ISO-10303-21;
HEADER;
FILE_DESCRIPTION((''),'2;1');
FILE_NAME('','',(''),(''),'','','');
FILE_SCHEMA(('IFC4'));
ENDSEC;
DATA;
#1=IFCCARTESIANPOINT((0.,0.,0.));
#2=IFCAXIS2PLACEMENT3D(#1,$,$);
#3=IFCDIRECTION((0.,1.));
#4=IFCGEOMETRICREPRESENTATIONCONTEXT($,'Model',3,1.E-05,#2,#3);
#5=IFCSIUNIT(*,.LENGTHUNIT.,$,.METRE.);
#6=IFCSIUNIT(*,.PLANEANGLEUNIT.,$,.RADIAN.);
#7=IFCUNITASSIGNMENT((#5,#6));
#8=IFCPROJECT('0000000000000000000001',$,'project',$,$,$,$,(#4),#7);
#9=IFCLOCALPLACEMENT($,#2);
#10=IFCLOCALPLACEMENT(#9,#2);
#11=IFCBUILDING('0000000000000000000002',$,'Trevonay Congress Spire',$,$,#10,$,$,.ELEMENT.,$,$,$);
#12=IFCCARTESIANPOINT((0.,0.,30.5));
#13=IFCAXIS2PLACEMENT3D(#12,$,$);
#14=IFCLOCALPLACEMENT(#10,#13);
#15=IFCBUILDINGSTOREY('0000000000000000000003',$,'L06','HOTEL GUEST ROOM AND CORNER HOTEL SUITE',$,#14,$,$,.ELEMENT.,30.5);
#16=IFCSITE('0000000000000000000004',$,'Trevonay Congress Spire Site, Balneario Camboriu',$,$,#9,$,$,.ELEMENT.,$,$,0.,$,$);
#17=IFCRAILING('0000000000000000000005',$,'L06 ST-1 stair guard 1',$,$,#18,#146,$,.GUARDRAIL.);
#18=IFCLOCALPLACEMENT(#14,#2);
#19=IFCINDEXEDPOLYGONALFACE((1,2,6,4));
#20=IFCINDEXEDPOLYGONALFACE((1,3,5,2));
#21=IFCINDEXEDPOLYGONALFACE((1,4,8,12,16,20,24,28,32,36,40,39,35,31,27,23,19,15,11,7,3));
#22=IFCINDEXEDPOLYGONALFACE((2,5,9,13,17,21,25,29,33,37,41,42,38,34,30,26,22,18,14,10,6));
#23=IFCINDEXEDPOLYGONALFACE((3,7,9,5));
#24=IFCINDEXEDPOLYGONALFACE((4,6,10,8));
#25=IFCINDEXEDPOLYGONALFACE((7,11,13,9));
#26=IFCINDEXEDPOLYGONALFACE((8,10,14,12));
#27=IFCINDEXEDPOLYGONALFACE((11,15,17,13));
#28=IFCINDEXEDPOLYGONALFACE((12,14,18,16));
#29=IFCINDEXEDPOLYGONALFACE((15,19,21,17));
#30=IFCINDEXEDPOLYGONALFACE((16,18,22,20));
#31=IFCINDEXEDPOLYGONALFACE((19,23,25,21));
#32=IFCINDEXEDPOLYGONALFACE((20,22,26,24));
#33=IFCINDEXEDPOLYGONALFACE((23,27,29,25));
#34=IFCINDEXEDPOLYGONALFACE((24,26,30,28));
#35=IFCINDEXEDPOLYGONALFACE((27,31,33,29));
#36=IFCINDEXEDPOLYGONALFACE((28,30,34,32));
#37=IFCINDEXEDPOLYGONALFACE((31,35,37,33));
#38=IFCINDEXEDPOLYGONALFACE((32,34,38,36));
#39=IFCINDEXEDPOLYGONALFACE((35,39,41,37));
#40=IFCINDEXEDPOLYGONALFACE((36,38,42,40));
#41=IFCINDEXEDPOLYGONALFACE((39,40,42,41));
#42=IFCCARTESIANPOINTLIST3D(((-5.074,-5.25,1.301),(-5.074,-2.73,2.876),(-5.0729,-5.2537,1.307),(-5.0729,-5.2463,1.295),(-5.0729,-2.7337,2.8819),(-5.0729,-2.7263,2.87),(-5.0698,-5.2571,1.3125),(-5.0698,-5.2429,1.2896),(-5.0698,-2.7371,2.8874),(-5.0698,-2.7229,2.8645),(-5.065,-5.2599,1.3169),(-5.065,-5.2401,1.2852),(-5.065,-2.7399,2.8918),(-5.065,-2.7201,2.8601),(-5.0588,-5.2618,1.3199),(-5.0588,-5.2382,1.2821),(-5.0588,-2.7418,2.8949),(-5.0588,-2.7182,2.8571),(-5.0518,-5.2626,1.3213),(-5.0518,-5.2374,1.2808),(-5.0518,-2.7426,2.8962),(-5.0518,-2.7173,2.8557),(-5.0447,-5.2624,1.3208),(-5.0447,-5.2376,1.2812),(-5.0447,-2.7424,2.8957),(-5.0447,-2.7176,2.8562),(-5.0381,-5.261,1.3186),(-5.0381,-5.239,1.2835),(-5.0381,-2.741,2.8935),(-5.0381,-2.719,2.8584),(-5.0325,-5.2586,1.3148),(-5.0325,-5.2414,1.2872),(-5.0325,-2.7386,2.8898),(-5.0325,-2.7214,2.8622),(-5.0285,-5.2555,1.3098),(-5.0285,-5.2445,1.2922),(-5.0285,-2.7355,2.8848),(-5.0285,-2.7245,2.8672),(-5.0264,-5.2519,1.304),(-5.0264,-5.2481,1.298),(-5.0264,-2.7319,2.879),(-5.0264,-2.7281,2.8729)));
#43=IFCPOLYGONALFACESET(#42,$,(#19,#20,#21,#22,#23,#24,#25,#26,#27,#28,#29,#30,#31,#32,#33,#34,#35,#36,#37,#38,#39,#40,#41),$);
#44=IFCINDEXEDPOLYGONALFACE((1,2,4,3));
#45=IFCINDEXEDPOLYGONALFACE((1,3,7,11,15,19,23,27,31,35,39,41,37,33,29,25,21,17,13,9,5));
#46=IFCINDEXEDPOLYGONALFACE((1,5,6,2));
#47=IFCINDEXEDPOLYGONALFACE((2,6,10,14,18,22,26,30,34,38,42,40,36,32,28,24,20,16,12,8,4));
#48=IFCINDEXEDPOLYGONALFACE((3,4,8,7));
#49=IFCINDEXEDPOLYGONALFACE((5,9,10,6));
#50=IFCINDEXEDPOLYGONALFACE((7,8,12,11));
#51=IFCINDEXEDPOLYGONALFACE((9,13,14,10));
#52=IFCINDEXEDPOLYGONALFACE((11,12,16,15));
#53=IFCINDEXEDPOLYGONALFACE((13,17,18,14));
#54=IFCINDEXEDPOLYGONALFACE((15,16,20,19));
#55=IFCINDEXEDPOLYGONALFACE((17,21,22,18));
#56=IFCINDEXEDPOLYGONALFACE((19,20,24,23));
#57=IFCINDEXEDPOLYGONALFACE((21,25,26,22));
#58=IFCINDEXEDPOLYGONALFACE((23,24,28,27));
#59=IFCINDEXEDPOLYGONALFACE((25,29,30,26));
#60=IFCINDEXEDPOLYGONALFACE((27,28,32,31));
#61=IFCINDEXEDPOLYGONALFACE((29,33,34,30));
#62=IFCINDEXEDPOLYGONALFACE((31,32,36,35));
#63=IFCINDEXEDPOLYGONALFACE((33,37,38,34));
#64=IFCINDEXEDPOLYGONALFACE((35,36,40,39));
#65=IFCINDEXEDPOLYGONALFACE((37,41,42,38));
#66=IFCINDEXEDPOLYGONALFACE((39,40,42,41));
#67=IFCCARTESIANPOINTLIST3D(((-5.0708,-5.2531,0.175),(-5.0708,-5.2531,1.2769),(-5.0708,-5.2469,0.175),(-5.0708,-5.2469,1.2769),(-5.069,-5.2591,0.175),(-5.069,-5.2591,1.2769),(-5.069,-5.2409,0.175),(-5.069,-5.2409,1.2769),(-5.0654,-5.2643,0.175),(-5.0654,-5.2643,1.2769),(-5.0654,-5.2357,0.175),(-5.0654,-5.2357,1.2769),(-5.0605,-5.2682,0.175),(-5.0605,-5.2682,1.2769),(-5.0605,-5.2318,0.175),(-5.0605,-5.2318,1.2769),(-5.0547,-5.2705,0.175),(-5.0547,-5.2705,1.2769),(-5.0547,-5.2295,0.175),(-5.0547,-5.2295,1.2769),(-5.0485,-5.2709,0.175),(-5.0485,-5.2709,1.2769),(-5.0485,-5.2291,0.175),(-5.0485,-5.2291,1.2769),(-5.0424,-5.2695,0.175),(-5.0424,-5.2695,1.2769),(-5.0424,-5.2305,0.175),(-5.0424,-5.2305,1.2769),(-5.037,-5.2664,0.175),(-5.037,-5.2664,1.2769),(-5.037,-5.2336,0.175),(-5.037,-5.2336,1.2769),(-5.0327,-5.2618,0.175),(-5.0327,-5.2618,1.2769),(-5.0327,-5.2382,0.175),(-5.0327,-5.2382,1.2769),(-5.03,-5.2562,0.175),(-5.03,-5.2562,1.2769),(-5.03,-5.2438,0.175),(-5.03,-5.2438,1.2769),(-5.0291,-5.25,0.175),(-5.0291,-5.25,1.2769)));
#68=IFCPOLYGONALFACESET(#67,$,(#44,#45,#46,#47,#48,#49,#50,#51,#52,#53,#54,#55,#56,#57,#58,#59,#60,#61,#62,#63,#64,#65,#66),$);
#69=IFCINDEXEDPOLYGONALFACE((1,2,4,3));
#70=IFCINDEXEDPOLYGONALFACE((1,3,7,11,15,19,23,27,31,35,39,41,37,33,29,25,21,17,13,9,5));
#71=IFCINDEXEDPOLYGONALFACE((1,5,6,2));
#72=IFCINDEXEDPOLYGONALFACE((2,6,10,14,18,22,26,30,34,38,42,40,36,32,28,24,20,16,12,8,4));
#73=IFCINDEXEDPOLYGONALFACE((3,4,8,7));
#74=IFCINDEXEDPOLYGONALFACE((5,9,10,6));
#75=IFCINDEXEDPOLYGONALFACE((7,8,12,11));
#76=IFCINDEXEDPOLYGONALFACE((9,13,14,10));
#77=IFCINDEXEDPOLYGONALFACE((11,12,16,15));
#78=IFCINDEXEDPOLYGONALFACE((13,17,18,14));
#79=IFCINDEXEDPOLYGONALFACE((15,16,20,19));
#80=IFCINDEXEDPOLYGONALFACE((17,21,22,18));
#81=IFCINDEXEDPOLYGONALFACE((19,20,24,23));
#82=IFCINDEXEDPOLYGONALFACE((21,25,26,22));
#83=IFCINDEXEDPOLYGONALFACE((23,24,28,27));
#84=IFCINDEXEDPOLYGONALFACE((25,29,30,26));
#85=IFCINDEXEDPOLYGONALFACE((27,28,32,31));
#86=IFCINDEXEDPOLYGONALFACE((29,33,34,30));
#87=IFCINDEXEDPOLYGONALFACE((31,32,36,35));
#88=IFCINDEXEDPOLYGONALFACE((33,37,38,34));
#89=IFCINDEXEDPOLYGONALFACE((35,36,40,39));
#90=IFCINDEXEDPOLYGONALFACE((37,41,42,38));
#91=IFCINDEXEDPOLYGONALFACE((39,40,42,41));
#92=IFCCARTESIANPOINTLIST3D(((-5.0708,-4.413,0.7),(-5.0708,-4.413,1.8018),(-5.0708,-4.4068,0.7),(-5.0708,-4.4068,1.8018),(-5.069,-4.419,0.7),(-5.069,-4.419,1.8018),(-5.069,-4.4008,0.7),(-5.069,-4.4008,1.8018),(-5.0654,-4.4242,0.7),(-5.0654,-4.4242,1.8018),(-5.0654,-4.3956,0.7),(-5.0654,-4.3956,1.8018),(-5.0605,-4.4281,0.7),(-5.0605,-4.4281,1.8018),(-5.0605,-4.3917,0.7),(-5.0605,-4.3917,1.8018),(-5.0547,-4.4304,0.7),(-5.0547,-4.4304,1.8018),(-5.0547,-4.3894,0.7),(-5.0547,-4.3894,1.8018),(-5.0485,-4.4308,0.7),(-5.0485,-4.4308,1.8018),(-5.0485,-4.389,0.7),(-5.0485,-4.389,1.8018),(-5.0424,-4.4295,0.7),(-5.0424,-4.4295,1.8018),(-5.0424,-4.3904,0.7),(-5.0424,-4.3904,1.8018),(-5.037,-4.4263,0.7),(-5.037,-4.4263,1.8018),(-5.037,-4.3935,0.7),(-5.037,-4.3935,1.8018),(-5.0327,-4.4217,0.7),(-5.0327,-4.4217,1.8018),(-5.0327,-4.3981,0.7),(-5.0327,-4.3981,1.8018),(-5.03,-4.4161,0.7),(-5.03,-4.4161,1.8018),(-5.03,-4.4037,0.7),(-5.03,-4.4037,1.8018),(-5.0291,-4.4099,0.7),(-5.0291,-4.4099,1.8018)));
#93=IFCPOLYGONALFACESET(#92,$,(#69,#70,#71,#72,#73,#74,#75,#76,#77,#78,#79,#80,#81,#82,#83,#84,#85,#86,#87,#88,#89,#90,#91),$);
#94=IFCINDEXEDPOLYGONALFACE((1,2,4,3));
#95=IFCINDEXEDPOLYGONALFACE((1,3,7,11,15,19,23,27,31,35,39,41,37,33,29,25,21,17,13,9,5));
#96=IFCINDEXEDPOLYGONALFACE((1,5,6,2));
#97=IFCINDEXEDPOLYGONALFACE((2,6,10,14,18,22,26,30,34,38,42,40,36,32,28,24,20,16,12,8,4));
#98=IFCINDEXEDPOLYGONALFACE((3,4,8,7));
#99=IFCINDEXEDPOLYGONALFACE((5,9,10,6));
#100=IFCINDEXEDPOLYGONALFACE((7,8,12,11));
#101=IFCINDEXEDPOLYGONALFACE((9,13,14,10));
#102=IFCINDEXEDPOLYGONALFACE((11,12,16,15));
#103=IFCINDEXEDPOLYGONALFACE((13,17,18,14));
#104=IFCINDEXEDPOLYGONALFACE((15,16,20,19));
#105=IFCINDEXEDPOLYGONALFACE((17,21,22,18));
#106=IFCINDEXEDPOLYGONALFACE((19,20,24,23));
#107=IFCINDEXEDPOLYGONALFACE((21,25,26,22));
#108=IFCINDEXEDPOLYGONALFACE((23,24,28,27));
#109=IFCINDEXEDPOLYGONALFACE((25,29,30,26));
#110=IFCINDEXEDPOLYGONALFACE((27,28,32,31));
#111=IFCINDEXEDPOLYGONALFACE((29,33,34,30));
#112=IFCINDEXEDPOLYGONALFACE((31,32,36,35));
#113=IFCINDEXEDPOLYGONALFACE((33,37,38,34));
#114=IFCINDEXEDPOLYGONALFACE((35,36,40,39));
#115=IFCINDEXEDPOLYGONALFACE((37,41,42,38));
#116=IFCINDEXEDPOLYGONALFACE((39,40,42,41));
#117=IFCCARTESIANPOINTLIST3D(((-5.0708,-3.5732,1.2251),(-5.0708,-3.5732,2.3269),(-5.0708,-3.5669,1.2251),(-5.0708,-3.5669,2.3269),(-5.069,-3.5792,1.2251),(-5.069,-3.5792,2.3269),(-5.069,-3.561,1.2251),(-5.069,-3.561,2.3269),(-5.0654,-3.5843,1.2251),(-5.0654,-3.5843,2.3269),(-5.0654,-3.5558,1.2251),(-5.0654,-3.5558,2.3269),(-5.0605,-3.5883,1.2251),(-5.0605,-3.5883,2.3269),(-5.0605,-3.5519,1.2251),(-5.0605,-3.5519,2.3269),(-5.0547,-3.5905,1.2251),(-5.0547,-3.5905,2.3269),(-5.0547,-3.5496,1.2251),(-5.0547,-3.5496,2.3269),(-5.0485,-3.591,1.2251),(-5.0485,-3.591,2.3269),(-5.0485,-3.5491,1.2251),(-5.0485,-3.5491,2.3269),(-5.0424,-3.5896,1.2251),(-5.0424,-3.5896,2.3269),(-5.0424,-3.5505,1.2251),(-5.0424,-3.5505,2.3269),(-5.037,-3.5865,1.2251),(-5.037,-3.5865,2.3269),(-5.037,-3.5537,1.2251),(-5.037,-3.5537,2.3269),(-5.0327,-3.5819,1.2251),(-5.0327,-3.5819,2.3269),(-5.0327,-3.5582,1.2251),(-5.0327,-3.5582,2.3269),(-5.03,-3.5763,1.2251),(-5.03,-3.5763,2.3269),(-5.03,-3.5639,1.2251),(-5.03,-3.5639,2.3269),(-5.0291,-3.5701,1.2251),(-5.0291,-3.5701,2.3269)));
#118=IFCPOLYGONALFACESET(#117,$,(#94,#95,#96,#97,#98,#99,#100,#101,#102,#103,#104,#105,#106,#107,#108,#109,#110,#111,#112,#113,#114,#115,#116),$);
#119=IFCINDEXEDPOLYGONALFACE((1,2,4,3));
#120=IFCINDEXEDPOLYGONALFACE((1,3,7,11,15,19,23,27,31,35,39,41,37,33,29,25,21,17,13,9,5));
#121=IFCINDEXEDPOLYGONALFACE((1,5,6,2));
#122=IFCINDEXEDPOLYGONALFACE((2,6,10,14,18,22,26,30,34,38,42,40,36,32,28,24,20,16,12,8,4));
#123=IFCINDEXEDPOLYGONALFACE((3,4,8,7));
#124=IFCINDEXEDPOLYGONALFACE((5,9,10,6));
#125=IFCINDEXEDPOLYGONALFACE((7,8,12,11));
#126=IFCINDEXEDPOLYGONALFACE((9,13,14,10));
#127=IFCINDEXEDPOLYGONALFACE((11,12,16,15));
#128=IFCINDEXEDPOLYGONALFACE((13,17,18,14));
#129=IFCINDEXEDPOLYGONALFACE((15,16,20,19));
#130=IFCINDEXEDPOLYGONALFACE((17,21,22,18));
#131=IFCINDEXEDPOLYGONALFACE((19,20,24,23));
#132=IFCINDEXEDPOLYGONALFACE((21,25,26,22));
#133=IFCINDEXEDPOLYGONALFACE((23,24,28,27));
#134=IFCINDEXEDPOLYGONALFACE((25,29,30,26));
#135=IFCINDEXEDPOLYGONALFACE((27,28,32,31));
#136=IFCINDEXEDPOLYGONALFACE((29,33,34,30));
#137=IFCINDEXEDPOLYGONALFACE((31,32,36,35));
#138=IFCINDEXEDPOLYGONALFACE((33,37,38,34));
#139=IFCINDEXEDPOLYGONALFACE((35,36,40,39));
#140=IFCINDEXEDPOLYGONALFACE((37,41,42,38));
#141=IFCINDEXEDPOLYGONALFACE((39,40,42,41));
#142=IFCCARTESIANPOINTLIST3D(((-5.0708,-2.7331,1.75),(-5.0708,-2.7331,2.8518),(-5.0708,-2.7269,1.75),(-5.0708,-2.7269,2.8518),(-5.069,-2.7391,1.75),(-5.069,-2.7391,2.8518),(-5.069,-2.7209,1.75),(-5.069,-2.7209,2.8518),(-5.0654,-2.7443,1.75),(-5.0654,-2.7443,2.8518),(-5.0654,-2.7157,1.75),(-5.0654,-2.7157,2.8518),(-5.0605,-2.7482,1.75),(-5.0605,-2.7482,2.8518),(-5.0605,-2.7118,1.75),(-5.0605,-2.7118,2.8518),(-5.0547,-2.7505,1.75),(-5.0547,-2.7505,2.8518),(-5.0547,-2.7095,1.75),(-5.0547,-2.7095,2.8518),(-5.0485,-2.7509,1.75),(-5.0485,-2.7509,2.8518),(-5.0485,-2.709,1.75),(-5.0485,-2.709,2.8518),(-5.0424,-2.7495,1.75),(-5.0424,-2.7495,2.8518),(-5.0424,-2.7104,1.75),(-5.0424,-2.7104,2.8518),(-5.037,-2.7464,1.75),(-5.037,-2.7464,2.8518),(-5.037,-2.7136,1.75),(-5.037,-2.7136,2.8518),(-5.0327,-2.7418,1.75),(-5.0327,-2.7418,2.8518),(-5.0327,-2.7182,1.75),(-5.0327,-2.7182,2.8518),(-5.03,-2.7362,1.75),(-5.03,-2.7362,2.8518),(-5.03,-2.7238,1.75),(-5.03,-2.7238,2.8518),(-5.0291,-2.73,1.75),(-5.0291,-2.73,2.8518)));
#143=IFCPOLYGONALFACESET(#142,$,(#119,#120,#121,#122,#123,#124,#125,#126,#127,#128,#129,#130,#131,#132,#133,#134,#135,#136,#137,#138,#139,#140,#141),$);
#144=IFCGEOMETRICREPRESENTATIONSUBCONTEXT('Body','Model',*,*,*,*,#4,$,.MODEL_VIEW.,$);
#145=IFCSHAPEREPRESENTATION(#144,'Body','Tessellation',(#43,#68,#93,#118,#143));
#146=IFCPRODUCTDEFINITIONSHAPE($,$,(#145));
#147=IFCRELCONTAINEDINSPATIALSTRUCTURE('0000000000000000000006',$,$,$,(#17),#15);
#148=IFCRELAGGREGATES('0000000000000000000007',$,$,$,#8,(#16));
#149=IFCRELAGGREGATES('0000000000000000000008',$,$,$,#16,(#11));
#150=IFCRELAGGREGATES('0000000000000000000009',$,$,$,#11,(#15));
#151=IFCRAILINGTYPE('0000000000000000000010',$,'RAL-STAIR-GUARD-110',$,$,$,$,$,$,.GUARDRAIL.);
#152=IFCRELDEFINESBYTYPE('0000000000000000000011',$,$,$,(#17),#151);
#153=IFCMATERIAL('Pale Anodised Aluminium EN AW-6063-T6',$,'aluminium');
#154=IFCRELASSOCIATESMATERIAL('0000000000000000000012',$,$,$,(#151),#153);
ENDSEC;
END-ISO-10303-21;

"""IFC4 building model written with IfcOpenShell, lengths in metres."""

from ifc_helpers import new_model, si_unit, direction, frame, origin, origin_2d, place, context, subcontext, project, spatial, circle, extrude, material, type_object, element, save


model = new_model("IFC4")

# Units and contexts
model_context = context("Model", 3, precision=1e-05, world=origin(), true_north=direction((0.0, 1.0)))
body_context = subcontext(model_context, "Body", "Model", "MODEL_VIEW")
ifc_project = project(units=[si_unit("LENGTHUNIT", "METRE"), si_unit("PLANEANGLEUNIT", "RADIAN")], contexts=[model_context])

# Site, building, storey
site_placement = place(None, origin())
site = spatial("IfcSite", under=ifc_project, at=site_placement, Name="Trevonay Congress Spire Site, Balneario Camboriu", CompositionType="ELEMENT", RefElevation=0.0)
building_placement = place(site_placement, origin())
building = spatial("IfcBuilding", under=site, at=building_placement, Name="Trevonay Congress Spire", CompositionType="ELEMENT")
storey_placement = place(building_placement, frame((0.0, 0.0, 30.5)))
storey = spatial("IfcBuildingStorey", under=building, at=storey_placement, Name="L06", Description="HOTEL GUEST ROOM AND CORNER HOTEL SUITE", CompositionType="ELEMENT", Elevation=30.5)

# Shared definitions
ifc_material_1 = material(Name="Pale Anodised Aluminium EN AW-6063-T6", Category="aluminium")

# Railing
railing_type_1 = type_object("IfcRailingType", Name="RAL-STAIR-GUARD-110", PredefinedType="GUARDRAIL", material=ifc_material_1)
railing_1_placement = place(storey_placement, frame((-5.05, -5.25, 0.175)))
element("IfcRailing", 1, at=railing_1_placement, inside=storey, type_object=railing_type_1, Name="L06 ST-1 stair guard 1", PredefinedType="GUARDRAIL", context=body_context, shape_type="SweptSolid", body=[
    extrude(circle(Radius=0.0239, at=origin_2d()), frame((0.0, 0.0, 1.126), z_axis=(0.0, 0.848008, 0.529984), x_axis=(-1.0, 0.0, 0.0)), (0.0, 0.0, 1.0), 2.9717),
    extrude(circle(Radius=0.021, at=origin_2d()), origin(), (0.0, 0.0, 1.0), 1.1018),
    extrude(circle(Radius=0.021, at=origin_2d()), frame((0.0, 0.8401, 0.5249)), (0.0, 0.0, 1.0), 1.1018),
    extrude(circle(Radius=0.021, at=origin_2d()), frame((0.0, 1.6799, 1.05)), (0.0, 0.0, 1.0), 1.1018),
    extrude(circle(Radius=0.021, at=origin_2d()), frame((0.0, 2.52, 1.575)), (0.0, 0.0, 1.0), 1.1018),
])

save(model, "model.ifc")
